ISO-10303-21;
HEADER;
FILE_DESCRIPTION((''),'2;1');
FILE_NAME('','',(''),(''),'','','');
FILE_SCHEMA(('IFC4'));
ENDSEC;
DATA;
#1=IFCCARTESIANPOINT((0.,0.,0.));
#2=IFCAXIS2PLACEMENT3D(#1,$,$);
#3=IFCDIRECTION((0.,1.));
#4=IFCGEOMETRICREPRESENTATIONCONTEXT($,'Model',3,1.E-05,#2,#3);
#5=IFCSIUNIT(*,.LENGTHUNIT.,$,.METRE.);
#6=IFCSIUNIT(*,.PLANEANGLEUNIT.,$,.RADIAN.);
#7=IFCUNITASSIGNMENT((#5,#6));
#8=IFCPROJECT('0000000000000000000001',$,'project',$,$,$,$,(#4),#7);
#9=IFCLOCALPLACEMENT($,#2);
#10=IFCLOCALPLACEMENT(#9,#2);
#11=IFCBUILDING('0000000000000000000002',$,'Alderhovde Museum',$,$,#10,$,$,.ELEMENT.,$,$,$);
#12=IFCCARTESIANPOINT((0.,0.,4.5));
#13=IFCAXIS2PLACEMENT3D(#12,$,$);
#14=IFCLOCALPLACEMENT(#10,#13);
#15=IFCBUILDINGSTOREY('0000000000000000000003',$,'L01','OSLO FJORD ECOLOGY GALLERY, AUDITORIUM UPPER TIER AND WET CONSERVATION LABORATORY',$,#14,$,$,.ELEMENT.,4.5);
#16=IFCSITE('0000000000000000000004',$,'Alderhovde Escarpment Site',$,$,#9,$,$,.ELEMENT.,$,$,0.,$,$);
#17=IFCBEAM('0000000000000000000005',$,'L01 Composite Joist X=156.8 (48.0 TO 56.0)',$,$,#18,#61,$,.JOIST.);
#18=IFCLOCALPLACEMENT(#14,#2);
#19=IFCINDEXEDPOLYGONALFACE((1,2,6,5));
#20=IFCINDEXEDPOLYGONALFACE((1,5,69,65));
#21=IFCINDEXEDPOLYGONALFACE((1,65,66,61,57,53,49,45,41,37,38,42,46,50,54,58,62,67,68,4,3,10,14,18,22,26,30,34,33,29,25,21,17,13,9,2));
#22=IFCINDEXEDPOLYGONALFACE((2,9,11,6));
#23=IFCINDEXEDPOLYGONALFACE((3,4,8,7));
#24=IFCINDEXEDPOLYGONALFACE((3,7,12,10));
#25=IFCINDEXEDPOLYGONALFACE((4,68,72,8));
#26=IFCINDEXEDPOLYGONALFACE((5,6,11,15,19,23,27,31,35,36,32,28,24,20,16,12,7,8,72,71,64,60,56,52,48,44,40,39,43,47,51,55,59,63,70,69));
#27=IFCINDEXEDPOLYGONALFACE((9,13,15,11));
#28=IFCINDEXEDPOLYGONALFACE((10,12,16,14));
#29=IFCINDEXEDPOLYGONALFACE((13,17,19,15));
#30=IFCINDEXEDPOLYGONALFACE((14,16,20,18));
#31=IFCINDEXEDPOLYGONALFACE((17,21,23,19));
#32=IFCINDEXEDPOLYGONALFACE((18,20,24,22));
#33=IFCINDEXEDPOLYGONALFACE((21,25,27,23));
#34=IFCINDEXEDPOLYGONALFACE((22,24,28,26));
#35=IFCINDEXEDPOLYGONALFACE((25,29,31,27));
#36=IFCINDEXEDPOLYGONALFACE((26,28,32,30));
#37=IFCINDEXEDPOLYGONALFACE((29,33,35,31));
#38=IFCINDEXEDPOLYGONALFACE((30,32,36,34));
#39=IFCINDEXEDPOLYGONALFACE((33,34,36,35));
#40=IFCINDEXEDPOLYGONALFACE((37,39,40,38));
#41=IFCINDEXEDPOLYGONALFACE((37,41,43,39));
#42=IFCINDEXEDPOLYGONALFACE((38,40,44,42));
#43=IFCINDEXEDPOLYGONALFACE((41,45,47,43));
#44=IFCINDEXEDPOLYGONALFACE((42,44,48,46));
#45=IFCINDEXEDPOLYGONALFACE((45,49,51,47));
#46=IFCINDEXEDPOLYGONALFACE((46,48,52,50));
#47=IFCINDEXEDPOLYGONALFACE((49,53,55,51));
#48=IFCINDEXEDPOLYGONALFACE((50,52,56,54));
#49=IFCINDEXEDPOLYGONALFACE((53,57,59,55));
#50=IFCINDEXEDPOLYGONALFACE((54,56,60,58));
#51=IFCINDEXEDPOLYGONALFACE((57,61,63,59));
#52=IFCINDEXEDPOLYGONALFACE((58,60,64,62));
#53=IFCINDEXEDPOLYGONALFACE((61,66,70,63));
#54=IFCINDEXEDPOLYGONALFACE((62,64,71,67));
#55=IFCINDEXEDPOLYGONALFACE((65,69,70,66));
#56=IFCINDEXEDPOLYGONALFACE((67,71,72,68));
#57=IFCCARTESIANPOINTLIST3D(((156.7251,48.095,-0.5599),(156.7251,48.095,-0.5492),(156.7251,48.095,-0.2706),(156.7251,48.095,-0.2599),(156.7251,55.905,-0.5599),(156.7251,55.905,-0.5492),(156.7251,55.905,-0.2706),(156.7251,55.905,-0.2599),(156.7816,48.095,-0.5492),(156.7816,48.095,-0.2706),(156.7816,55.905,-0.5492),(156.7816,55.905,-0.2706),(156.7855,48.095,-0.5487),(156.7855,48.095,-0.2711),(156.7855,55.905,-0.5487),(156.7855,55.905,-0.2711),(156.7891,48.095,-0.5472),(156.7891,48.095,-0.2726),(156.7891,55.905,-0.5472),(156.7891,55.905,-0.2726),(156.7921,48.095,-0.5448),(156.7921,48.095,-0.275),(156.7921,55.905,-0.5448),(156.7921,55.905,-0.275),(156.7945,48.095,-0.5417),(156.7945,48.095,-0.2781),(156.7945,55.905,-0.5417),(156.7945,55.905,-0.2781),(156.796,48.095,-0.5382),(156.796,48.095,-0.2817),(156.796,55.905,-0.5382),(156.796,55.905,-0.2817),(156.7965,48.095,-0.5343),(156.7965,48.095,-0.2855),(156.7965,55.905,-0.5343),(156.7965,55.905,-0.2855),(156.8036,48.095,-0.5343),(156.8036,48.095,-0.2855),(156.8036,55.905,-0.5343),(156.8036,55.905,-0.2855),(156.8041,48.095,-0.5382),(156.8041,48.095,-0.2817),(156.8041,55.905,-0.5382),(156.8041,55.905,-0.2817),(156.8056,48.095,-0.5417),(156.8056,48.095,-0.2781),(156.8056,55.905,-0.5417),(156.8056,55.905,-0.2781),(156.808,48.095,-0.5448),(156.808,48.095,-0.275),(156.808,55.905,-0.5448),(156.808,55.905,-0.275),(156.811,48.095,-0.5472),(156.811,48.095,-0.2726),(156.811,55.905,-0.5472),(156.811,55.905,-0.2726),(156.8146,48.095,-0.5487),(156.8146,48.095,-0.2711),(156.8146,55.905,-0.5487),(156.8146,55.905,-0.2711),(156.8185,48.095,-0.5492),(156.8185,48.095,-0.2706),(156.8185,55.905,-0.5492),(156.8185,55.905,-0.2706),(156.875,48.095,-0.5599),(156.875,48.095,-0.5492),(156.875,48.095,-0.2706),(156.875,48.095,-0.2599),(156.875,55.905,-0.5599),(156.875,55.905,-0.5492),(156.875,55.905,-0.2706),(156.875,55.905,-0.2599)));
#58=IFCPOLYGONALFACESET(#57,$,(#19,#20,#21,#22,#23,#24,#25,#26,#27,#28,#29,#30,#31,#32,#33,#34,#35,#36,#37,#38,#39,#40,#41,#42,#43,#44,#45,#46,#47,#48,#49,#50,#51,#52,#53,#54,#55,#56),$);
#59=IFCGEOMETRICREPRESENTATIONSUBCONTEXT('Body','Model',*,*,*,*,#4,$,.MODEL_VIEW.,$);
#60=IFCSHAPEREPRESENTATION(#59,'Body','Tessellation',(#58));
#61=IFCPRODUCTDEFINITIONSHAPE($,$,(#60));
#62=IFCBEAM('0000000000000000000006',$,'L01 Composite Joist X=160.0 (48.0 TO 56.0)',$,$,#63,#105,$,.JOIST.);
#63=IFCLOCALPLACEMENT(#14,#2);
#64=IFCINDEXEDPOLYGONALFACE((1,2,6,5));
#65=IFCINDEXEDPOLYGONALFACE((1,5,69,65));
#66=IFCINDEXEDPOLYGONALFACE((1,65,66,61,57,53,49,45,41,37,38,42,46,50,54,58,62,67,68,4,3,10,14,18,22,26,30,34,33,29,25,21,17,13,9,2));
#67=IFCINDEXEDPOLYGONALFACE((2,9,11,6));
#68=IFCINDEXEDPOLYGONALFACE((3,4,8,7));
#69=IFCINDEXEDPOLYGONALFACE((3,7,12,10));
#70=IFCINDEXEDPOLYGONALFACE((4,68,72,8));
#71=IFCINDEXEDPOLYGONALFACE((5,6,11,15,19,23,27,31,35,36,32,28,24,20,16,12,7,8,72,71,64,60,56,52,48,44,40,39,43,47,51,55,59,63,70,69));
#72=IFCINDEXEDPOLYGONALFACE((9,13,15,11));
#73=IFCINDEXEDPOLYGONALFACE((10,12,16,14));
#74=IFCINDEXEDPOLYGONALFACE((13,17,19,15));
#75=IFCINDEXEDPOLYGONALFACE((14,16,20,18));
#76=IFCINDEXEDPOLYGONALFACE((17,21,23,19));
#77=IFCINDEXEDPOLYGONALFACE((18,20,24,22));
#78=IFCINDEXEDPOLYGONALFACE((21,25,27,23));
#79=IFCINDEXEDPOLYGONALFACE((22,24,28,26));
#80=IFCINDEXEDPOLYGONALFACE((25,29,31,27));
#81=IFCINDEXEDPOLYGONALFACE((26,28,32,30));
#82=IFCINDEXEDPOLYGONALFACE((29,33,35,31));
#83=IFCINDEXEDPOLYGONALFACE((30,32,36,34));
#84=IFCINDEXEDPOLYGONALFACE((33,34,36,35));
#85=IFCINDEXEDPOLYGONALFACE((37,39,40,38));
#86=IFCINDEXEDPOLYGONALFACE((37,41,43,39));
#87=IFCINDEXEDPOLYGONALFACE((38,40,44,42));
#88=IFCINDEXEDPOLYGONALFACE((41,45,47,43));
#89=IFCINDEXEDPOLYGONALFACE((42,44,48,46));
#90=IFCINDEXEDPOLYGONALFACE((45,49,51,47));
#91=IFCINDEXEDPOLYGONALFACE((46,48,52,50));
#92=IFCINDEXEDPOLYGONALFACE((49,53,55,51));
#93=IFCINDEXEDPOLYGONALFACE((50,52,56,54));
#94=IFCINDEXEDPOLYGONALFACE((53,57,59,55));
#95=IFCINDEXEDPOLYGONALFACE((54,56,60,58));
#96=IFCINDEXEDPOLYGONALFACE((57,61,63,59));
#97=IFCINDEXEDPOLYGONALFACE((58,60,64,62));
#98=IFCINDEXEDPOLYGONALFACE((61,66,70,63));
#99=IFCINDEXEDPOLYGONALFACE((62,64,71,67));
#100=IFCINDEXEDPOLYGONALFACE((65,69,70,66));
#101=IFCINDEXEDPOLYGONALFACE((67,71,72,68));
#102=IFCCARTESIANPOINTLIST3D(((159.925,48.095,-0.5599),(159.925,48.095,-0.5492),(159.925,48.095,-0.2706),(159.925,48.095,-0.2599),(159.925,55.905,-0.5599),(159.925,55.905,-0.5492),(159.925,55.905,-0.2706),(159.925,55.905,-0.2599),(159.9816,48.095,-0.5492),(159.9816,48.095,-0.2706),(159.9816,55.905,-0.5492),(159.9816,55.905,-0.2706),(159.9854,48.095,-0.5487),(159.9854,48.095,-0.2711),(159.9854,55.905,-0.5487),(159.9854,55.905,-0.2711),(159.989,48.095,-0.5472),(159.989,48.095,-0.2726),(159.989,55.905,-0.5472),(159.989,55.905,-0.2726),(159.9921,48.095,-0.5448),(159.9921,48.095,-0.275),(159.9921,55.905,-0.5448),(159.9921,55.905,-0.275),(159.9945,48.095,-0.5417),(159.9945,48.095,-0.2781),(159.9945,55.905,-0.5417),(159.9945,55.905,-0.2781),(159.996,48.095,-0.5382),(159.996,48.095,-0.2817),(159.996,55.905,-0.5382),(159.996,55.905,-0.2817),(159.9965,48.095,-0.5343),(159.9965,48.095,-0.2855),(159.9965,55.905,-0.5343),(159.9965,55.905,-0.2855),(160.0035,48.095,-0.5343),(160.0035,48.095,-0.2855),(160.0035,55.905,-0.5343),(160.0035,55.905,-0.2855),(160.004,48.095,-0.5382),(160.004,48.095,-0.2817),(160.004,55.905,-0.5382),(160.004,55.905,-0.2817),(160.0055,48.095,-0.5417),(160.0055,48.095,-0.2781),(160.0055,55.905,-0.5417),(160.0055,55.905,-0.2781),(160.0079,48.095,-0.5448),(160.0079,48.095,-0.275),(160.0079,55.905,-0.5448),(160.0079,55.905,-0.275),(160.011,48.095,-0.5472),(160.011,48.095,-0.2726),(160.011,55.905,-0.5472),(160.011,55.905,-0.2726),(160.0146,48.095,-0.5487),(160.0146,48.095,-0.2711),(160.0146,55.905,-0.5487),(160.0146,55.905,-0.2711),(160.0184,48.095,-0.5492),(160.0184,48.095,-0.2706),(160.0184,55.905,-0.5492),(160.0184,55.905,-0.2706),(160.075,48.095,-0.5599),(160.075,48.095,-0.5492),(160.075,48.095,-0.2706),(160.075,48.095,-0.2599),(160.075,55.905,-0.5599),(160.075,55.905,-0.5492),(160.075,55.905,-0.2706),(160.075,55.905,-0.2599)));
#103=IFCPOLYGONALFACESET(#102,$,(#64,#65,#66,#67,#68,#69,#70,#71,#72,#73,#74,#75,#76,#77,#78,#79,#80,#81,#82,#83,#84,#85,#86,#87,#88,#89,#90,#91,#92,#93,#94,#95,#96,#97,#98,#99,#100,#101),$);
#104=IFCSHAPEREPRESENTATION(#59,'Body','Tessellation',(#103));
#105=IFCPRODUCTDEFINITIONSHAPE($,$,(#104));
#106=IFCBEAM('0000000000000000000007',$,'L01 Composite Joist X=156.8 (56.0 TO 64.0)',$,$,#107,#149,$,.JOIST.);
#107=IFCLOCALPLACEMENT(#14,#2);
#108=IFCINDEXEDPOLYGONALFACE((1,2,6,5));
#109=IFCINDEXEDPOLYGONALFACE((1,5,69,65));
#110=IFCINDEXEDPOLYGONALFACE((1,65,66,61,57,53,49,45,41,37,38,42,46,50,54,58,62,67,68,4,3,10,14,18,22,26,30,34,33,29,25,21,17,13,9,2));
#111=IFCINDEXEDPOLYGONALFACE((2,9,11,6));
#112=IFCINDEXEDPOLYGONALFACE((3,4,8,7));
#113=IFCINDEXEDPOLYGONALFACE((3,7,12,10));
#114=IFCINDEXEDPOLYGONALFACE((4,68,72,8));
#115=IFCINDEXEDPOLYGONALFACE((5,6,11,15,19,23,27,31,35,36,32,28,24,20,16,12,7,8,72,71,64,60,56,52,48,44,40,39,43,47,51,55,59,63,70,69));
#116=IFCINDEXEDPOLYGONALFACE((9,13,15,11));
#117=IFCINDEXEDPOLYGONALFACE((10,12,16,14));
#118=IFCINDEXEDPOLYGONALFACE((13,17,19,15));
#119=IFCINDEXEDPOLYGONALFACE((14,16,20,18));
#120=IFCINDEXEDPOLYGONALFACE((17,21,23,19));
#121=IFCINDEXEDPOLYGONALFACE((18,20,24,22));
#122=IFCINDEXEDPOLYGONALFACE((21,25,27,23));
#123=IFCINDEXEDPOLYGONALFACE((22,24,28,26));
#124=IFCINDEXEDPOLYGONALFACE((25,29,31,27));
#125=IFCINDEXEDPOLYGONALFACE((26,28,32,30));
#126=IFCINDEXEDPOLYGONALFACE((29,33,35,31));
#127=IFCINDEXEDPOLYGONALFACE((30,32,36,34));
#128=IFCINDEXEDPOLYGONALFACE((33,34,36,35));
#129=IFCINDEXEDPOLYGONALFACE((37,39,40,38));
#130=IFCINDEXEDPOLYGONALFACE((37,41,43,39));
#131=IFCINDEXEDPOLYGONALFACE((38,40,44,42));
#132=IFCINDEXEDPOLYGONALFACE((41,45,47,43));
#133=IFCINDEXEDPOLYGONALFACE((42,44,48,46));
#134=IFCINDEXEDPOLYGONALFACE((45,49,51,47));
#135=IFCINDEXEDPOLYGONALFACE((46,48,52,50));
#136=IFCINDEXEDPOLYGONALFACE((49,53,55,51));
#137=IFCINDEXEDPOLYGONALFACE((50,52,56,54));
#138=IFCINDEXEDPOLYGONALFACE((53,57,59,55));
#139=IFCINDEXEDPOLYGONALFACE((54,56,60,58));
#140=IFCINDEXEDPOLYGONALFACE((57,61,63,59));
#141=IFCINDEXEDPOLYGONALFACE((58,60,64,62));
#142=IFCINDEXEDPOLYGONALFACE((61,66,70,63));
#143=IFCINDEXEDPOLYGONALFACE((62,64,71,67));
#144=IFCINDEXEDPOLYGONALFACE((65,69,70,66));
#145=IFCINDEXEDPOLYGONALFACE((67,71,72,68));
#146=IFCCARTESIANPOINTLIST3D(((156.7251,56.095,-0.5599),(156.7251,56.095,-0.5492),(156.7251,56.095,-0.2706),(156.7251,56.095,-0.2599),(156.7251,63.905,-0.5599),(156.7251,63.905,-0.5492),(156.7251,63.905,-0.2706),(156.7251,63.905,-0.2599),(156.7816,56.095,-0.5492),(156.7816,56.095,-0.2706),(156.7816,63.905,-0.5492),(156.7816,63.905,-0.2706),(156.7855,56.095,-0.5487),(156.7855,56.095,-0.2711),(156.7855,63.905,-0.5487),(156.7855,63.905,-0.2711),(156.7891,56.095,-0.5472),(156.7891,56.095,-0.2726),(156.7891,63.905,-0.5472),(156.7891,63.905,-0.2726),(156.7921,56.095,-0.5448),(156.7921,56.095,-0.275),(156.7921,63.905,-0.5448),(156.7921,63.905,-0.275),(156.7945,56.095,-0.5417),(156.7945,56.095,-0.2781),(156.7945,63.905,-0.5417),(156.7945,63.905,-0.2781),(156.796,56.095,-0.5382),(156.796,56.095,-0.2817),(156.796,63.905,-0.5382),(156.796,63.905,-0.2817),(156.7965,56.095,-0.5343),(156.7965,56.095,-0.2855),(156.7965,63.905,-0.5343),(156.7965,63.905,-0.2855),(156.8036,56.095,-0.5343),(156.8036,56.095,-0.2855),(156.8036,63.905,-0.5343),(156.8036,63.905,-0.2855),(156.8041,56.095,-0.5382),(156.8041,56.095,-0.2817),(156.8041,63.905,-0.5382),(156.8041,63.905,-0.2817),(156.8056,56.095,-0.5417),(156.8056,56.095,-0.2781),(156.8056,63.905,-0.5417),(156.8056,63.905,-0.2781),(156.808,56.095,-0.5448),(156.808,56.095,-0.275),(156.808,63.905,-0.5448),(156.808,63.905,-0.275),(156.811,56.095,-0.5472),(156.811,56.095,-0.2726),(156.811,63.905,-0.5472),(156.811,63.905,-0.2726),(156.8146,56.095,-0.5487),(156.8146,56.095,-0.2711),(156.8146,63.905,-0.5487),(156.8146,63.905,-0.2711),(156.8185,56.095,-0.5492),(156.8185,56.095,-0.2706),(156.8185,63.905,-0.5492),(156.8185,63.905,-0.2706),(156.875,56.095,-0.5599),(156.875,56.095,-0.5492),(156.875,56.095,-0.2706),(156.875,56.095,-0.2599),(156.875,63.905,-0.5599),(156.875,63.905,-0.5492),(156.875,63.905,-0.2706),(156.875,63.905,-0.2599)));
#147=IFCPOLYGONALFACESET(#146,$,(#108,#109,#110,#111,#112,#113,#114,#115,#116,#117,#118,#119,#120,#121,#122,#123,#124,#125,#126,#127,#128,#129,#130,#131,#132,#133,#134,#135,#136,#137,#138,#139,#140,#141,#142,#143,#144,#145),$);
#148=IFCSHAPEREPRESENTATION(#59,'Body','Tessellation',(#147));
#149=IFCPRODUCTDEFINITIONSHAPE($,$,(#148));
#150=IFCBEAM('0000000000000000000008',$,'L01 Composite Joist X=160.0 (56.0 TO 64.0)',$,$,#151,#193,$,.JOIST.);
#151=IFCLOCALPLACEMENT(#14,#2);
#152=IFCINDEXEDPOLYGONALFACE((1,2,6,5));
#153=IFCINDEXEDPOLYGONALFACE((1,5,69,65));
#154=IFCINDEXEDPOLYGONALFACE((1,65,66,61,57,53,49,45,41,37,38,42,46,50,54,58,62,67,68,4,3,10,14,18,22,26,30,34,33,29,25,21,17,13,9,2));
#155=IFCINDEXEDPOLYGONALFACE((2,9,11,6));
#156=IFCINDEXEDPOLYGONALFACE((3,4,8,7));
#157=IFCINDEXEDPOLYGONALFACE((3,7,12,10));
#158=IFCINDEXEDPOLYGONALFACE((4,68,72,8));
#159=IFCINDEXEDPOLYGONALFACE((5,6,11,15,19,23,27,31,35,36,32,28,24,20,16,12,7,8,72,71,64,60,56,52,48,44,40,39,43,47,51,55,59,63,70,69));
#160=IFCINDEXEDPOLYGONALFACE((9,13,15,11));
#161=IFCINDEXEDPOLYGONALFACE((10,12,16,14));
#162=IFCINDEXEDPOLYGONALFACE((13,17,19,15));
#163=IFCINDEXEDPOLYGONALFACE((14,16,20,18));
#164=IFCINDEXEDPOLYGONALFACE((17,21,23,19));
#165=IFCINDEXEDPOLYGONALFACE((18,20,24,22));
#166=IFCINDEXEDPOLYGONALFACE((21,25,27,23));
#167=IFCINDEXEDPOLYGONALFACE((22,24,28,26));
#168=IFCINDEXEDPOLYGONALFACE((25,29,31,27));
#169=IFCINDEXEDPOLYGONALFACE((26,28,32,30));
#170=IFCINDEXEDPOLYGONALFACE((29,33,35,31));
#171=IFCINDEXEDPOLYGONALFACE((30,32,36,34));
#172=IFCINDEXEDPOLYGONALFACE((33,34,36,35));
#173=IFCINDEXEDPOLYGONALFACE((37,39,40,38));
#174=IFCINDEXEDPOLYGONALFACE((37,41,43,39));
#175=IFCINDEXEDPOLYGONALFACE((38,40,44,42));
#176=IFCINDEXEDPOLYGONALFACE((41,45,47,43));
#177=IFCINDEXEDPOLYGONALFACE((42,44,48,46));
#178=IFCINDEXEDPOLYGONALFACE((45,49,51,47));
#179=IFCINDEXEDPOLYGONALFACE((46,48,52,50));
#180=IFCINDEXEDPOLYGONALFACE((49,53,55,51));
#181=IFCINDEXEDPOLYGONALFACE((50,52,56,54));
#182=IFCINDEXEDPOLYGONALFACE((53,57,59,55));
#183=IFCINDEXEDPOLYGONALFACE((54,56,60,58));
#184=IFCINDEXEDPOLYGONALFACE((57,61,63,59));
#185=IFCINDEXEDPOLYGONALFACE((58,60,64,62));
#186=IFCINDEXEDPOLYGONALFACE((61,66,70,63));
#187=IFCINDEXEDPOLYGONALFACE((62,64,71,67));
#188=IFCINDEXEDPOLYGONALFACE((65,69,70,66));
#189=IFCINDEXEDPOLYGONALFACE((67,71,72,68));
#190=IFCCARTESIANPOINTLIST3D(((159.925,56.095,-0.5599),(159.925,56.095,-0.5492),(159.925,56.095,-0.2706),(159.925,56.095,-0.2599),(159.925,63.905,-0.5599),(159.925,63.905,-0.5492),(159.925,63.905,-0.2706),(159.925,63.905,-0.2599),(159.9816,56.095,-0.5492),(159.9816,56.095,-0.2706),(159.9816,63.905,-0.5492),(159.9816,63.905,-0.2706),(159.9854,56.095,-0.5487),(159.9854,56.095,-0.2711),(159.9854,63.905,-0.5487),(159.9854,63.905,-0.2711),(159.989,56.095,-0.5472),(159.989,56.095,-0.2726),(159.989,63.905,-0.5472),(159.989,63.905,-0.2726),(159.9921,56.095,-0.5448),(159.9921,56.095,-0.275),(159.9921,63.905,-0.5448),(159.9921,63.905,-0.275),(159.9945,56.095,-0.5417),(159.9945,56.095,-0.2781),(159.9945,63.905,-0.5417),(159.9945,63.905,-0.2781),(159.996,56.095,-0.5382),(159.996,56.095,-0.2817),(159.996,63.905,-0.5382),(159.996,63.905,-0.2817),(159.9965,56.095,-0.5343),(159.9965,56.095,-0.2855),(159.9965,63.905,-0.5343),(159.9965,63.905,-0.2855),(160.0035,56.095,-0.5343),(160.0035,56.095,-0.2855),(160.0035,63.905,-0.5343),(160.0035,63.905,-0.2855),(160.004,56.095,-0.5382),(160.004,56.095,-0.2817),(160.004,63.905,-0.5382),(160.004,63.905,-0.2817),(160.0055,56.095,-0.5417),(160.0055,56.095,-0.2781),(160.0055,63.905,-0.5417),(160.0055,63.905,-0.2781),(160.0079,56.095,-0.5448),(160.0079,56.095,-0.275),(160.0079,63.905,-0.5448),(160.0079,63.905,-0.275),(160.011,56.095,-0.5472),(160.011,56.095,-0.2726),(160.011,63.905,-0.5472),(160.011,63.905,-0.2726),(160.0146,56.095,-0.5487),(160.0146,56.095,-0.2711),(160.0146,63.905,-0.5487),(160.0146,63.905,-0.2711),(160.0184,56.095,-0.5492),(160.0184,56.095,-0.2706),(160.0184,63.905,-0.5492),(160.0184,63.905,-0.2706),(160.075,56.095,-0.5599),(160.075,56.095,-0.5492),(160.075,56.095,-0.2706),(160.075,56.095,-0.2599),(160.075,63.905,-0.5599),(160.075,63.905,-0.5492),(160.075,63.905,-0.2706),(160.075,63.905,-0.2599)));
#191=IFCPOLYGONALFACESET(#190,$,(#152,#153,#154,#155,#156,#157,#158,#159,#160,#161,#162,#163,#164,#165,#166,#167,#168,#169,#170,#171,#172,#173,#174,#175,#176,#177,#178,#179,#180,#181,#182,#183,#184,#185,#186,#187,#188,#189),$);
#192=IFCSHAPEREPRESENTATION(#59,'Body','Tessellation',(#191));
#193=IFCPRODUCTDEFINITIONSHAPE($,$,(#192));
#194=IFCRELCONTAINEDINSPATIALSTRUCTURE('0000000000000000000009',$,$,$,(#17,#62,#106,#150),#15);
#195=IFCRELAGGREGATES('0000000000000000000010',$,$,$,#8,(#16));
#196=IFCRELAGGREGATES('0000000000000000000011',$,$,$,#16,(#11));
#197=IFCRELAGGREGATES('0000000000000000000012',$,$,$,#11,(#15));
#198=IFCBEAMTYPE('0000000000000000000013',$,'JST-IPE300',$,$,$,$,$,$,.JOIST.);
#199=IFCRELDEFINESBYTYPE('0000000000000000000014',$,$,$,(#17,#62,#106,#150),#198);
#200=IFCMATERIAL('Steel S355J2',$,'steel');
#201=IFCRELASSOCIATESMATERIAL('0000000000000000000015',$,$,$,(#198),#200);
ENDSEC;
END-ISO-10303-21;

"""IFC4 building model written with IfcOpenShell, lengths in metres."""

from ifc_helpers import new_model, si_unit, direction, frame, origin, origin_2d, place, context, subcontext, project, spatial, i_section, extrude, material, material_profile, profile_set, type_object, element, save


model = new_model("IFC4")

# Units and contexts
model_context = context("Model", 3, precision=1e-05, world=origin(), true_north=direction((0.0, 1.0)))
body_context = subcontext(model_context, "Body", "Model", "MODEL_VIEW")
ifc_project = project(units=[si_unit("LENGTHUNIT", "METRE"), si_unit("PLANEANGLEUNIT", "RADIAN")], contexts=[model_context])

# Site, building, storey
site_placement = place(None, origin())
site = spatial("IfcSite", under=ifc_project, at=site_placement, Name="Alderhovde Escarpment Site", CompositionType="ELEMENT", RefElevation=0.0)
building_placement = place(site_placement, origin())
building = spatial("IfcBuilding", under=site, at=building_placement, Name="Alderhovde Museum", CompositionType="ELEMENT")
storey_placement = place(building_placement, frame((0.0, 0.0, 4.5)))
storey = spatial("IfcBuildingStorey", under=building, at=storey_placement, Name="L01", Description="OSLO FJORD ECOLOGY GALLERY, AUDITORIUM UPPER TIER AND WET CONSERVATION LABORATORY", CompositionType="ELEMENT", Elevation=4.5)

# Beams
ifc_material_1 = material(Name="Steel S355J2", Category="steel")
ifc_material_profile_1 = material_profile(ifc_material_1, i_section(OverallWidth=0.1499, OverallDepth=0.3, WebThickness=0.0071, FlangeThickness=0.0107, FilletRadius=0.0149, at=origin_2d()), Name="IPE 300")
ifc_profile_set_1 = profile_set([ifc_material_profile_1], Name="Steel S355J2")
beam_type_1 = type_object("IfcBeamType", Name="JST-IPE300", PredefinedType="JOIST", material=ifc_profile_set_1)
for number, where, z_axis, x_axis, name in (
    (1, (156.8, 48.095, -0.4099), (0.0, 1.0, 0.0), (-1.0, 0.0, 0.0), "L01 Composite Joist X=156.8 (48.0 TO 56.0)"),
    (2, (160.0, 48.095, -0.4099), (0.0, 1.0, 0.0), (-1.0, 0.0, 0.0), "L01 Composite Joist X=160.0 (48.0 TO 56.0)"),
    (3, (156.8, 56.095, -0.4099), (0.0, 1.0, 0.0), (-1.0, 0.0, 0.0), "L01 Composite Joist X=156.8 (56.0 TO 64.0)"),
    (4, (160.0, 56.095, -0.4099), (0.0, 1.0, 0.0), (-1.0, 0.0, 0.0), "L01 Composite Joist X=160.0 (56.0 TO 64.0)"),
):
    element("IfcBeam", number, at=place(storey_placement, frame(where, z_axis=z_axis, x_axis=x_axis)), inside=storey, type_object=beam_type_1, Name=name, PredefinedType="JOIST", context=body_context, shape_type="SweptSolid", body=[
        extrude(i_section(OverallWidth=0.1499, OverallDepth=0.3, WebThickness=0.0071, FlangeThickness=0.0107, FilletRadius=0.0149, at=origin_2d()), origin(), (0.0, 0.0, 1.0), 7.8101),
    ])

save(model, "model.ifc")
